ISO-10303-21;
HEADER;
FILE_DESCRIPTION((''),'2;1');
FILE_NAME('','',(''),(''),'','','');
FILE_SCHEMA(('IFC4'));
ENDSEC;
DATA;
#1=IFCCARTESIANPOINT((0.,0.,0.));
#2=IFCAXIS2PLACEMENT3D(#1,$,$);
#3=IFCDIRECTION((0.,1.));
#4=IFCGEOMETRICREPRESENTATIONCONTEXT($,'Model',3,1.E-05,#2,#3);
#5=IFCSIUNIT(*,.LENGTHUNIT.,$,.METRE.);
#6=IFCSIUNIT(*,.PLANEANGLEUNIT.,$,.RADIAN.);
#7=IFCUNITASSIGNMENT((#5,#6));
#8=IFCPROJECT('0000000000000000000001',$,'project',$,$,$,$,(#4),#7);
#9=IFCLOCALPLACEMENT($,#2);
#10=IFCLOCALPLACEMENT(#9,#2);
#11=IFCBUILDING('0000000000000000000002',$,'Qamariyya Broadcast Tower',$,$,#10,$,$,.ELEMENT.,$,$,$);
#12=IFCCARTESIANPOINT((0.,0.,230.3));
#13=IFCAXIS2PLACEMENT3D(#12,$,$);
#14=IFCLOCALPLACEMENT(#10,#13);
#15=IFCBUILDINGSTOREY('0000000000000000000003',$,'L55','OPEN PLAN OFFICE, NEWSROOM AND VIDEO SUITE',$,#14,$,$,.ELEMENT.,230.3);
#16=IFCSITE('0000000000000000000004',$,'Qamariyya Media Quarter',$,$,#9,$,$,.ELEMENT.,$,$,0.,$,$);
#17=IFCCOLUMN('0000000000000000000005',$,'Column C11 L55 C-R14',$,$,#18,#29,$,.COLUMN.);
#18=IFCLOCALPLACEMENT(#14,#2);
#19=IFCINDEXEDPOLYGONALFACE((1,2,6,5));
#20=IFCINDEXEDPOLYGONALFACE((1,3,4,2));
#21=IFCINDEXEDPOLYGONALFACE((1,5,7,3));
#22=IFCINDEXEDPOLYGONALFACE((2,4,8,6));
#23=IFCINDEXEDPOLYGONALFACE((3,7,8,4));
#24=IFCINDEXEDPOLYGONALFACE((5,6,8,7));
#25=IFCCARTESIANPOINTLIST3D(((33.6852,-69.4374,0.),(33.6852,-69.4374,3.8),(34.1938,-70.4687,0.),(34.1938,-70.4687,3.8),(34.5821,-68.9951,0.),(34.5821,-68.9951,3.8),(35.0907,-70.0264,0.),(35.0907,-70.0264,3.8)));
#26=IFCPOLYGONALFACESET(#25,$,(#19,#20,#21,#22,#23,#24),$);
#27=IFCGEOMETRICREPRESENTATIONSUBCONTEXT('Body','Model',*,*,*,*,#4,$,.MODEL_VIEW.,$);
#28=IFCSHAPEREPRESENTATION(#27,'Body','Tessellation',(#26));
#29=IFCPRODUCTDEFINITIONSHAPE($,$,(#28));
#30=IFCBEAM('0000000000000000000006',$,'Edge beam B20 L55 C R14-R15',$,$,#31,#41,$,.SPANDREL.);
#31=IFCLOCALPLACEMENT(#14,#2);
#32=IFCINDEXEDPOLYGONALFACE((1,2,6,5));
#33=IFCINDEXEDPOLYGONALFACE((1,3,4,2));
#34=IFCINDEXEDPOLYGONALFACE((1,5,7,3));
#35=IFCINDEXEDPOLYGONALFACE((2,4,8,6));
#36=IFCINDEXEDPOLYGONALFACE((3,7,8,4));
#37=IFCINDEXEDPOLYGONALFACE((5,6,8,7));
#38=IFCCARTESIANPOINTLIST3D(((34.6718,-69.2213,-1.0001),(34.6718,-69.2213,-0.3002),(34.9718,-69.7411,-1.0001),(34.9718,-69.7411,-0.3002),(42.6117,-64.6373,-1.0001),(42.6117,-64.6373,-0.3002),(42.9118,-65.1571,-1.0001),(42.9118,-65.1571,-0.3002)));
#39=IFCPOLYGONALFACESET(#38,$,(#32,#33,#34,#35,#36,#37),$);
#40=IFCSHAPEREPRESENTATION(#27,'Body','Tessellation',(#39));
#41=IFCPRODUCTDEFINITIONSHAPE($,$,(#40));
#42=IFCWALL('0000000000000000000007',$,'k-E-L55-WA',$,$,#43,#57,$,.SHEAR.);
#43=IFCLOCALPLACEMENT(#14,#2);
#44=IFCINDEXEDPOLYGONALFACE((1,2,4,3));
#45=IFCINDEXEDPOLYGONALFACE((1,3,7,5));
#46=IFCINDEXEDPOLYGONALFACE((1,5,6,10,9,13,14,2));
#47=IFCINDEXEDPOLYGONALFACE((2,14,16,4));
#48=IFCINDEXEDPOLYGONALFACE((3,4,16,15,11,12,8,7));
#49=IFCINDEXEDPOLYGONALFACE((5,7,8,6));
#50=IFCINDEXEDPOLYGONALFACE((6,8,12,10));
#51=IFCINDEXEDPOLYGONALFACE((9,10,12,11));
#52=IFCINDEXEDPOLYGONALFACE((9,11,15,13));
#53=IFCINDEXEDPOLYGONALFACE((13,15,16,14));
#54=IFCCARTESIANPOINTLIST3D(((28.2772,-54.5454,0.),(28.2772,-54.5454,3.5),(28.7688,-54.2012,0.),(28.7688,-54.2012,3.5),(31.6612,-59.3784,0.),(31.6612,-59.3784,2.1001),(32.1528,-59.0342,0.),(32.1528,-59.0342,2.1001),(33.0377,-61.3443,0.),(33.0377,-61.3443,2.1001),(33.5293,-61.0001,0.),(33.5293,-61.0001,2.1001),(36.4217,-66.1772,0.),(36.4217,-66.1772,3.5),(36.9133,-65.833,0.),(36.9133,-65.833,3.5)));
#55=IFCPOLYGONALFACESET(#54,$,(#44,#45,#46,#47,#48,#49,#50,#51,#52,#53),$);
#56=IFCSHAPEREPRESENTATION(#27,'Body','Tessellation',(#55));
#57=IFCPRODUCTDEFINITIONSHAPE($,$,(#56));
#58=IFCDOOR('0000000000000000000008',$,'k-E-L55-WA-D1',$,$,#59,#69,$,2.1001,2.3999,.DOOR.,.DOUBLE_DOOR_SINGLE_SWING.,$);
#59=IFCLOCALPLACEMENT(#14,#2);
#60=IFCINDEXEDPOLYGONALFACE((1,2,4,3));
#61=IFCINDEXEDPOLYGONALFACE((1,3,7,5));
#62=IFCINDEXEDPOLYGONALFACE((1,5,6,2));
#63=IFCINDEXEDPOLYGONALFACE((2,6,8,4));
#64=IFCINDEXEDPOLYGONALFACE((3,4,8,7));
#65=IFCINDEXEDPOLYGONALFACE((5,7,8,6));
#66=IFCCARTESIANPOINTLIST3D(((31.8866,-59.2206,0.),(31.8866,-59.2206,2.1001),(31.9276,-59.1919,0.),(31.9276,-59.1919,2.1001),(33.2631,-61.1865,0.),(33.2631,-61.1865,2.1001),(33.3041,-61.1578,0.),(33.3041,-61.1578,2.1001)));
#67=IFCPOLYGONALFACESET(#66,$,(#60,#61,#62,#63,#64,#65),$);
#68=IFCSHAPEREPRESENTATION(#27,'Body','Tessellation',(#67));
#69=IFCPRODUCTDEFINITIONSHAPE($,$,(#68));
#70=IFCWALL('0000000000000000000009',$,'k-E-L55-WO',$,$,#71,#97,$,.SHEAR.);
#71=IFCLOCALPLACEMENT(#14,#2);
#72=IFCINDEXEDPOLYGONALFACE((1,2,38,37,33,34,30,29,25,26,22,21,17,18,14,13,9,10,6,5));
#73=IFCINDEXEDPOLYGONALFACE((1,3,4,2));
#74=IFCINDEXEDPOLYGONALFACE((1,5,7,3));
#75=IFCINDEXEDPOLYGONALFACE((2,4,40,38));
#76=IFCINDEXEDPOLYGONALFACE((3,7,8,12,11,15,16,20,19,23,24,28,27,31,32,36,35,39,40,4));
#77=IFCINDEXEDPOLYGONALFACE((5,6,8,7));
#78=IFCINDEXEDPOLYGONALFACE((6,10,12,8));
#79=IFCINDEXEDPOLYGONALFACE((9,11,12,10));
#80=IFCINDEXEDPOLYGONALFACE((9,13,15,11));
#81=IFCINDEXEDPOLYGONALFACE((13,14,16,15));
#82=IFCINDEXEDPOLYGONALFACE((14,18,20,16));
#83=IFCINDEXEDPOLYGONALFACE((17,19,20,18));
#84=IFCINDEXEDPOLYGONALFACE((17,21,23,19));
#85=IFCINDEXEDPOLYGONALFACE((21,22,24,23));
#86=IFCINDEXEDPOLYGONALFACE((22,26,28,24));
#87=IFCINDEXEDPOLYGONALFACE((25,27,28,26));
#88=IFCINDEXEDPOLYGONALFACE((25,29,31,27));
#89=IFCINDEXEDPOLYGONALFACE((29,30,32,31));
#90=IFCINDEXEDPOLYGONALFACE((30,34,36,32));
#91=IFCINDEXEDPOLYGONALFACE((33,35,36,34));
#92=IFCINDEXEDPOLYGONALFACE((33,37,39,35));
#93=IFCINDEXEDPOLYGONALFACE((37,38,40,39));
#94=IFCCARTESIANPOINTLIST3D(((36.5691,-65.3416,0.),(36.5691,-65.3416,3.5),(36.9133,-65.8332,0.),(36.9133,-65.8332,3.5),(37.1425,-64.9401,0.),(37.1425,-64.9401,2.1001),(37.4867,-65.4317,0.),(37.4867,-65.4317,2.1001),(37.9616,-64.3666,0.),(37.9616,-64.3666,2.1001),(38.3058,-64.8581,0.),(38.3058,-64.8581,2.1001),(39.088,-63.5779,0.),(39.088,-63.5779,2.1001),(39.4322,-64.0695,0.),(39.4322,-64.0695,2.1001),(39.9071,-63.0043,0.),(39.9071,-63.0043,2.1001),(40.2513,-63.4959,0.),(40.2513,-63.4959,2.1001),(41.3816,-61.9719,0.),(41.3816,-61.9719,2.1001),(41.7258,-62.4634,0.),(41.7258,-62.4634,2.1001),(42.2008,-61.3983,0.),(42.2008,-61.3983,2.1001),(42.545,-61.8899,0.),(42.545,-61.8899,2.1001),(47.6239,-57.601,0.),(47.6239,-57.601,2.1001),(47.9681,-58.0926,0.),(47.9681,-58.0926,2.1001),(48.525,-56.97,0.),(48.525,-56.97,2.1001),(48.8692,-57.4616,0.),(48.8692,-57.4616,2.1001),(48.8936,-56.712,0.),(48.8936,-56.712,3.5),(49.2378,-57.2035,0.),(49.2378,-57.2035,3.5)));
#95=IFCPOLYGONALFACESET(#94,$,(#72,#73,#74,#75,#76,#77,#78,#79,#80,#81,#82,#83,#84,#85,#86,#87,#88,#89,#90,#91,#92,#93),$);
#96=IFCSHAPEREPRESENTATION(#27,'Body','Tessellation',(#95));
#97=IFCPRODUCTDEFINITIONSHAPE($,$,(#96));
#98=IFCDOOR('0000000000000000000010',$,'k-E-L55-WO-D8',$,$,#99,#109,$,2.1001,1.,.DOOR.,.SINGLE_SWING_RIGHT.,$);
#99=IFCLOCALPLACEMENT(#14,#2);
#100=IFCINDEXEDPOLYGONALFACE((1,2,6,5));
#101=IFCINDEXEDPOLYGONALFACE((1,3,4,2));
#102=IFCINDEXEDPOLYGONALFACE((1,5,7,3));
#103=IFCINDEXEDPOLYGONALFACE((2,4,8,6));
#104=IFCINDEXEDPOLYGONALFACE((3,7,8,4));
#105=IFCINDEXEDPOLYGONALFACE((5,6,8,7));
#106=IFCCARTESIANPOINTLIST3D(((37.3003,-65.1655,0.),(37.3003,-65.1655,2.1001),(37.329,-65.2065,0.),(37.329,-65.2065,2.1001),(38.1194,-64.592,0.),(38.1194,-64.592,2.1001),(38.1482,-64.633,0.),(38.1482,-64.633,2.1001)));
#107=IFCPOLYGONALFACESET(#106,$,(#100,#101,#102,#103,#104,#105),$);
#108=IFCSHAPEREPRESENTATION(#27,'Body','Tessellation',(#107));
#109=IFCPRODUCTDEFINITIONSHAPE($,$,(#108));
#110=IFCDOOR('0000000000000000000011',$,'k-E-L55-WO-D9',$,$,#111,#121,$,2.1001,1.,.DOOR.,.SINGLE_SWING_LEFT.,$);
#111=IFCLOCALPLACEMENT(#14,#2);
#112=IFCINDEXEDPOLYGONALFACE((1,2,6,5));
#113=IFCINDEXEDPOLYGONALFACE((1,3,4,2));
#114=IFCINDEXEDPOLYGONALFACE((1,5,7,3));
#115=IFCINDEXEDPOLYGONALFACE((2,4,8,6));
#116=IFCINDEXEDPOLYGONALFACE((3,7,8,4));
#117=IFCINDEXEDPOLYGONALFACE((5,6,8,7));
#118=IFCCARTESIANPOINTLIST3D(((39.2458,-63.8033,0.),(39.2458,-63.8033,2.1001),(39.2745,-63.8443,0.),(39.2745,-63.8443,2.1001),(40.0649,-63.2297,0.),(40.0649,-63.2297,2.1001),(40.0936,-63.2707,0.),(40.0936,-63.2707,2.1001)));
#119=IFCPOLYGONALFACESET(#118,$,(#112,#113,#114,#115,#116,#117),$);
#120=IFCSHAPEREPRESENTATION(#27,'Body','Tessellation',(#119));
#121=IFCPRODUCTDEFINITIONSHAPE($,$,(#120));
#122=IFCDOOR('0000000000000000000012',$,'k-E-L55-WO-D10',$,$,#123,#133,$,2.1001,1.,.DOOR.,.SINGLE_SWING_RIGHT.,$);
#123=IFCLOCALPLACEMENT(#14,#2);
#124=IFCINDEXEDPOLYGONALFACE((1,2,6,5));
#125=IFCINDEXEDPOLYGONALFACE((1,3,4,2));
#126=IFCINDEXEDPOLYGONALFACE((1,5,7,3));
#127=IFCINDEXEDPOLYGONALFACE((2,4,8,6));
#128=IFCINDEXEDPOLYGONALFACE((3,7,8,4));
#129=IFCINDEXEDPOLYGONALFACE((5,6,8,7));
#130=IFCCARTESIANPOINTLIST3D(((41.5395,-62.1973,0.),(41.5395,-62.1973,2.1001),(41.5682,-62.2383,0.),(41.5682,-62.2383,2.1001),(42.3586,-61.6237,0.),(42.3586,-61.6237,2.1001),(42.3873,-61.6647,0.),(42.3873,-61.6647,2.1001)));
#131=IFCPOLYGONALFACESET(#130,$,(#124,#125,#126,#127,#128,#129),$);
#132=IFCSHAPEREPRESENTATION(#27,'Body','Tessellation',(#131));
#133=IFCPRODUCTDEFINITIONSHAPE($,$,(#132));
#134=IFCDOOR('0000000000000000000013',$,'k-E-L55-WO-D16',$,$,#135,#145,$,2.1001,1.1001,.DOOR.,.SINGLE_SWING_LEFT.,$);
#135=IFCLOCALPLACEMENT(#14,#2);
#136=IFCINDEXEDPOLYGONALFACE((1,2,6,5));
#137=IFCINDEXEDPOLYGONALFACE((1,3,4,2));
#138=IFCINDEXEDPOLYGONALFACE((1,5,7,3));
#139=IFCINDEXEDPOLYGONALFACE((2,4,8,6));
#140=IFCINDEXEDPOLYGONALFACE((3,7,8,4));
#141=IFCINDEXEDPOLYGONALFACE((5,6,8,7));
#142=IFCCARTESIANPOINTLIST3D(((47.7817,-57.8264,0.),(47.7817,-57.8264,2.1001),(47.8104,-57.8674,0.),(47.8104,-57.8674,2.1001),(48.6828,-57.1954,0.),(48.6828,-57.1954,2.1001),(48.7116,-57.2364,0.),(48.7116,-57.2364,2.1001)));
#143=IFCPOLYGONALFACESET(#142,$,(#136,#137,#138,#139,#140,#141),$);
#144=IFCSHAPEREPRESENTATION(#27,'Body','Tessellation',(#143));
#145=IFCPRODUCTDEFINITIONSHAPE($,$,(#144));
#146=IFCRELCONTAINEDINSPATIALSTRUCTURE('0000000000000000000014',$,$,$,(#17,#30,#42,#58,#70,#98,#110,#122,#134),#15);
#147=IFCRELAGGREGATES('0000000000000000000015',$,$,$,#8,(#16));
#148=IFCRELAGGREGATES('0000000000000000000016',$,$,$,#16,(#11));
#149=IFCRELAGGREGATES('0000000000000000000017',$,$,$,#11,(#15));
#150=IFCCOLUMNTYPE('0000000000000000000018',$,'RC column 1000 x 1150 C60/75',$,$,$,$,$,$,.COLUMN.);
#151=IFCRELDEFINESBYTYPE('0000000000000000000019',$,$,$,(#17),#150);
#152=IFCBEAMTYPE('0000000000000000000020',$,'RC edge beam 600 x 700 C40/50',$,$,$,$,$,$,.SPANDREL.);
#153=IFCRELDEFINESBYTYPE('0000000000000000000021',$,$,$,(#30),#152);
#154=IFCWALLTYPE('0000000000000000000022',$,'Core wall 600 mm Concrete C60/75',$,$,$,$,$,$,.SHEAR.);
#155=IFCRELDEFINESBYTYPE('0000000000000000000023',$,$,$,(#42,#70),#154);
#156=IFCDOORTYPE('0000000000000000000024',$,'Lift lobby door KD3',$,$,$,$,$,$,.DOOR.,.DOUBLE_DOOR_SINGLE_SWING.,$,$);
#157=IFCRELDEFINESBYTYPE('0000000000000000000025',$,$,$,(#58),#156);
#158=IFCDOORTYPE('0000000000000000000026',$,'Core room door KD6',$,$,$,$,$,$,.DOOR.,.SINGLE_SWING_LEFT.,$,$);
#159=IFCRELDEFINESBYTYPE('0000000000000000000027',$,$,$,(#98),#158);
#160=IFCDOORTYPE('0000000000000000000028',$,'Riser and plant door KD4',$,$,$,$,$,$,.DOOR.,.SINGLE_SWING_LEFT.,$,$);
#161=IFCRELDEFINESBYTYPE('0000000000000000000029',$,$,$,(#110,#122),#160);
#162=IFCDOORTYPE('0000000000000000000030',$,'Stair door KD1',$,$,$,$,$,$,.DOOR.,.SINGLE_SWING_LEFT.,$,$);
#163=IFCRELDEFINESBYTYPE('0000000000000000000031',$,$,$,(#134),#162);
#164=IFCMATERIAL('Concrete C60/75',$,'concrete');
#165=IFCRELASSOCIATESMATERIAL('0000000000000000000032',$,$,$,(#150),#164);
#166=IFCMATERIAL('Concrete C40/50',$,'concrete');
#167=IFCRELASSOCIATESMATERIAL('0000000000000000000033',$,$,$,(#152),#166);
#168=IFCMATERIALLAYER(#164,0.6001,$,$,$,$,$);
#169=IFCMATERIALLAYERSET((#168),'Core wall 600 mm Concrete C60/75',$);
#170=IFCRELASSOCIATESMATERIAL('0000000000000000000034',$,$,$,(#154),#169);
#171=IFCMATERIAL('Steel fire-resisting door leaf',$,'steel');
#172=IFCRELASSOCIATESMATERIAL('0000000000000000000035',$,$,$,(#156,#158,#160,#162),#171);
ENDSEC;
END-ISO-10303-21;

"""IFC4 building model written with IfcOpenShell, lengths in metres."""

from ifc_helpers import new_model, si_unit, direction, frame, frame_2d, origin, origin_2d, place, context, subcontext, project, spatial, rectangle, extrude, material, layer, layer_set, material_profile, profile_set, type_object, element, fill, save


model = new_model("IFC4")

# Units and contexts
model_context = context("Model", 3, precision=1e-05, world=origin(), true_north=direction((0.0, 1.0)))
body_context = subcontext(model_context, "Body", "Model", "MODEL_VIEW")
ifc_project = project(units=[si_unit("LENGTHUNIT", "METRE"), si_unit("PLANEANGLEUNIT", "RADIAN")], contexts=[model_context])

# Site, building, storey
site_placement = place(None, origin())
site = spatial("IfcSite", under=ifc_project, at=site_placement, Name="Qamariyya Media Quarter", CompositionType="ELEMENT", RefElevation=0.0)
building_placement = place(site_placement, origin())
building = spatial("IfcBuilding", under=site, at=building_placement, Name="Qamariyya Broadcast Tower", CompositionType="ELEMENT")
storey_placement = place(building_placement, frame((0.0, 0.0, 230.3)))
storey = spatial("IfcBuildingStorey", under=building, at=storey_placement, Name="L55", Description="OPEN PLAN OFFICE, NEWSROOM AND VIDEO SUITE", CompositionType="ELEMENT", Elevation=230.3)

# Column
ifc_material_1 = material(Name="Concrete C60/75", Category="concrete")
ifc_material_profile_1 = material_profile(ifc_material_1, rectangle(XDim=1.0, YDim=1.1499, at=origin_2d()))
ifc_profile_set_1 = profile_set([ifc_material_profile_1], Name="Concrete C60/75")
column_type = type_object("IfcColumnType", Name="RC column 1000 x 1150 C60/75", PredefinedType="COLUMN", material=ifc_profile_set_1)
column_placement = place(storey_placement, frame((34.3879, -69.7319, 0.0), z_axis=(0.0, 0.0, 1.0), x_axis=(0.896873, 0.442289, 0.0)))
element("IfcColumn", 1, at=column_placement, inside=storey, type_object=column_type, Name="Column C11 L55 C-R14", PredefinedType="COLUMN", context=body_context, shape_type="SweptSolid", body=[
    extrude(rectangle(XDim=1.0, YDim=1.1499, at=origin_2d()), origin(), (0.0, 0.0, 1.0), 3.8),
])

# Beam
ifc_material_2 = material(Name="Concrete C40/50", Category="concrete")
ifc_material_profile_2 = material_profile(ifc_material_2, rectangle(XDim=0.6001, YDim=0.7, at=origin_2d()))
ifc_profile_set_2 = profile_set([ifc_material_profile_2], Name="Concrete C40/50")
beam_type = type_object("IfcBeamType", Name="RC edge beam 600 x 700 C40/50", PredefinedType="SPANDREL", material=ifc_profile_set_2)
beam_placement = place(storey_placement, frame((34.8218, -69.4812, -0.6501), z_axis=(0.866032, 0.499988, 0.0), x_axis=(-0.499988, 0.866032, 0.0)))
element("IfcBeam", 2, at=beam_placement, inside=storey, type_object=beam_type, Name="Edge beam B20 L55 C R14-R15", PredefinedType="SPANDREL", context=body_context, shape_type="SweptSolid", body=[
    extrude(rectangle(XDim=0.6001, YDim=0.7, at=origin_2d()), origin(), (0.0, 0.0, 1.0), 9.1682),
])

# Wall, opening, door
ifc_layer_1 = layer(ifc_material_1, 0.6001)
ifc_layer_set_1 = layer_set([ifc_layer_1], Name="Core wall 600 mm Concrete C60/75")
wall_type_1 = type_object("IfcWallType", Name="Core wall 600 mm Concrete C60/75", PredefinedType="SHEAR", material=ifc_layer_set_1)
wall_1_placement = place(storey_placement, frame((36.6675, -66.0051, 0.0), z_axis=(0.0, 0.0, 1.0), x_axis=(-0.573568, 0.819158, 0.0)))
wall_1 = element("IfcWall", 3, at=wall_1_placement, inside=storey, type_object=wall_type_1, Name="k-E-L55-WA", PredefinedType="SHEAR", context=body_context, shape_type="SweptSolid", body=[
    extrude(rectangle(XDim=14.1997, YDim=0.6001, at=frame_2d((7.0999, 0.0))), origin(), (0.0, 0.0, 1.0), 3.5),
])
opening_1_placement = place(wall_1_placement, frame((5.8999, 0.0, 0.0)))
opening_1 = element("IfcOpeningElement", 4, at=opening_1_placement, cuts=wall_1, PredefinedType="OPENING", context=body_context, shape_type="SweptSolid", body=[
    extrude(rectangle(XDim=2.3999, YDim=2.1001, at=frame_2d((1.2, 1.05))), frame((0.0, 0.3101, 0.0), z_axis=(0.0, -1.0, 0.0), x_axis=(1.0, 0.0, 0.0)), (0.0, 0.0, 1.0), 0.6201),
])
ifc_material_3 = material(Name="Steel fire-resisting door leaf", Category="steel")
door_type_1 = type_object("IfcDoorType", Name="Lift lobby door KD3", OperationType="DOUBLE_DOOR_SINGLE_SWING", PredefinedType="DOOR", material=ifc_material_3)
door_1_placement = place(opening_1_placement, origin())
door_1 = element("IfcDoor", 5, at=door_1_placement, inside=storey, type_object=door_type_1, Name="k-E-L55-WA-D1", OperationType="DOUBLE_DOOR_SINGLE_SWING", OverallHeight=2.1001, OverallWidth=2.3999, PredefinedType="DOOR", context=body_context, shape_type="SweptSolid", body=[
    extrude(rectangle(XDim=2.3999, YDim=2.1001, at=frame_2d((1.2, 1.05))), frame((0.0, 0.0249, 0.0), z_axis=(0.0, -1.0, 0.0), x_axis=(1.0, 0.0, 0.0)), (0.0, 0.0, 1.0), 0.05),
])
fill(opening_1, door_1)

# Wall, openings, doors
wall_2_placement = place(storey_placement, frame((36.7412, -65.5874, 0.0), z_axis=(0.0, 0.0, 1.0), x_axis=(0.819153, 0.573575, 0.0)))
wall_2 = element("IfcWall", 6, at=wall_2_placement, inside=storey, type_object=wall_type_1, Name="k-E-L55-WO", PredefinedType="SHEAR", context=body_context, shape_type="SweptSolid", body=[
    extrude(rectangle(XDim=15.0454, YDim=0.6001, at=frame_2d((7.5227, 0.0))), origin(), (0.0, 0.0, 1.0), 3.5),
])
opening_2_placement = place(wall_2_placement, frame((0.7, 0.0, 0.0)))
opening_2 = element("IfcOpeningElement", 7, at=opening_2_placement, cuts=wall_2, PredefinedType="OPENING", context=body_context, shape_type="SweptSolid", body=[
    extrude(rectangle(XDim=1.0, YDim=2.1001, at=frame_2d((0.5, 1.05))), frame((0.0, 0.3101, 0.0), z_axis=(0.0, -1.0, 0.0), x_axis=(1.0, 0.0, 0.0)), (0.0, 0.0, 1.0), 0.6201),
])
opening_3_placement = place(wall_2_placement, frame((3.075, 0.0, 0.0)))
opening_3 = element("IfcOpeningElement", 8, at=opening_3_placement, cuts=wall_2, PredefinedType="OPENING", context=body_context, shape_type="SweptSolid", body=[
    extrude(rectangle(XDim=1.0, YDim=2.1001, at=frame_2d((0.5, 1.05))), frame((0.0, 0.3101, 0.0), z_axis=(0.0, -1.0, 0.0), x_axis=(1.0, 0.0, 0.0)), (0.0, 0.0, 1.0), 0.6201),
])
opening_4_placement = place(wall_2_placement, frame((5.875, 0.0, 0.0)))
opening_4 = element("IfcOpeningElement", 9, at=opening_4_placement, cuts=wall_2, PredefinedType="OPENING", context=body_context, shape_type="SweptSolid", body=[
    extrude(rectangle(XDim=1.0, YDim=2.1001, at=frame_2d((0.5, 1.05))), frame((0.0, 0.3101, 0.0), z_axis=(0.0, -1.0, 0.0), x_axis=(1.0, 0.0, 0.0)), (0.0, 0.0, 1.0), 0.6201),
])
opening_5_placement = place(wall_2_placement, frame((13.4954, 0.0, 0.0)))
opening_5 = element("IfcOpeningElement", 10, at=opening_5_placement, cuts=wall_2, PredefinedType="OPENING", context=body_context, shape_type="SweptSolid", body=[
    extrude(rectangle(XDim=1.1001, YDim=2.1001, at=frame_2d((0.55, 1.05))), frame((0.0, 0.3101, 0.0), z_axis=(0.0, -1.0, 0.0), x_axis=(1.0, 0.0, 0.0)), (0.0, 0.0, 1.0), 0.6201),
])
door_type_2 = type_object("IfcDoorType", Name="Core room door KD6", OperationType="SINGLE_SWING_LEFT", PredefinedType="DOOR", material=ifc_material_3)
door_2_placement = place(opening_2_placement, origin())
door_2 = element("IfcDoor", 11, at=door_2_placement, inside=storey, type_object=door_type_2, Name="k-E-L55-WO-D8", OperationType="SINGLE_SWING_RIGHT", OverallHeight=2.1001, OverallWidth=1.0, PredefinedType="DOOR", context=body_context, shape_type="SweptSolid", body=[
    extrude(rectangle(XDim=1.0, YDim=2.1001, at=frame_2d((0.5, 1.05))), frame((0.0, 0.0249, 0.0), z_axis=(0.0, -1.0, 0.0), x_axis=(1.0, 0.0, 0.0)), (0.0, 0.0, 1.0), 0.05),
])
fill(opening_2, door_2)
door_type_3 = type_object("IfcDoorType", Name="Riser and plant door KD4", OperationType="SINGLE_SWING_LEFT", PredefinedType="DOOR", material=ifc_material_3)
door_3_placement = place(opening_3_placement, origin())
door_3 = element("IfcDoor", 12, at=door_3_placement, inside=storey, type_object=door_type_3, Name="k-E-L55-WO-D9", OperationType="SINGLE_SWING_LEFT", OverallHeight=2.1001, OverallWidth=1.0, PredefinedType="DOOR", context=body_context, shape_type="SweptSolid", body=[
    extrude(rectangle(XDim=1.0, YDim=2.1001, at=frame_2d((0.5, 1.05))), frame((0.0, 0.0249, 0.0), z_axis=(0.0, -1.0, 0.0), x_axis=(1.0, 0.0, 0.0)), (0.0, 0.0, 1.0), 0.05),
])
fill(opening_3, door_3)
door_4_placement = place(opening_4_placement, origin())
door_4 = element("IfcDoor", 13, at=door_4_placement, inside=storey, type_object=door_type_3, Name="k-E-L55-WO-D10", OperationType="SINGLE_SWING_RIGHT", OverallHeight=2.1001, OverallWidth=1.0, PredefinedType="DOOR", context=body_context, shape_type="SweptSolid", body=[
    extrude(rectangle(XDim=1.0, YDim=2.1001, at=frame_2d((0.5, 1.05))), frame((0.0, 0.0249, 0.0), z_axis=(0.0, -1.0, 0.0), x_axis=(1.0, 0.0, 0.0)), (0.0, 0.0, 1.0), 0.05),
])
fill(opening_4, door_4)
door_type_4 = type_object("IfcDoorType", Name="Stair door KD1", OperationType="SINGLE_SWING_LEFT", PredefinedType="DOOR", material=ifc_material_3)
door_5_placement = place(opening_5_placement, origin())
door_5 = element("IfcDoor", 14, at=door_5_placement, inside=storey, type_object=door_type_4, Name="k-E-L55-WO-D16", OperationType="SINGLE_SWING_LEFT", OverallHeight=2.1001, OverallWidth=1.1001, PredefinedType="DOOR", context=body_context, shape_type="SweptSolid", body=[
    extrude(rectangle(XDim=1.1001, YDim=2.1001, at=frame_2d((0.55, 1.05))), frame((0.0, 0.0249, 0.0), z_axis=(0.0, -1.0, 0.0), x_axis=(1.0, 0.0, 0.0)), (0.0, 0.0, 1.0), 0.05),
])
fill(opening_5, door_5)

save(model, "model.ifc")
